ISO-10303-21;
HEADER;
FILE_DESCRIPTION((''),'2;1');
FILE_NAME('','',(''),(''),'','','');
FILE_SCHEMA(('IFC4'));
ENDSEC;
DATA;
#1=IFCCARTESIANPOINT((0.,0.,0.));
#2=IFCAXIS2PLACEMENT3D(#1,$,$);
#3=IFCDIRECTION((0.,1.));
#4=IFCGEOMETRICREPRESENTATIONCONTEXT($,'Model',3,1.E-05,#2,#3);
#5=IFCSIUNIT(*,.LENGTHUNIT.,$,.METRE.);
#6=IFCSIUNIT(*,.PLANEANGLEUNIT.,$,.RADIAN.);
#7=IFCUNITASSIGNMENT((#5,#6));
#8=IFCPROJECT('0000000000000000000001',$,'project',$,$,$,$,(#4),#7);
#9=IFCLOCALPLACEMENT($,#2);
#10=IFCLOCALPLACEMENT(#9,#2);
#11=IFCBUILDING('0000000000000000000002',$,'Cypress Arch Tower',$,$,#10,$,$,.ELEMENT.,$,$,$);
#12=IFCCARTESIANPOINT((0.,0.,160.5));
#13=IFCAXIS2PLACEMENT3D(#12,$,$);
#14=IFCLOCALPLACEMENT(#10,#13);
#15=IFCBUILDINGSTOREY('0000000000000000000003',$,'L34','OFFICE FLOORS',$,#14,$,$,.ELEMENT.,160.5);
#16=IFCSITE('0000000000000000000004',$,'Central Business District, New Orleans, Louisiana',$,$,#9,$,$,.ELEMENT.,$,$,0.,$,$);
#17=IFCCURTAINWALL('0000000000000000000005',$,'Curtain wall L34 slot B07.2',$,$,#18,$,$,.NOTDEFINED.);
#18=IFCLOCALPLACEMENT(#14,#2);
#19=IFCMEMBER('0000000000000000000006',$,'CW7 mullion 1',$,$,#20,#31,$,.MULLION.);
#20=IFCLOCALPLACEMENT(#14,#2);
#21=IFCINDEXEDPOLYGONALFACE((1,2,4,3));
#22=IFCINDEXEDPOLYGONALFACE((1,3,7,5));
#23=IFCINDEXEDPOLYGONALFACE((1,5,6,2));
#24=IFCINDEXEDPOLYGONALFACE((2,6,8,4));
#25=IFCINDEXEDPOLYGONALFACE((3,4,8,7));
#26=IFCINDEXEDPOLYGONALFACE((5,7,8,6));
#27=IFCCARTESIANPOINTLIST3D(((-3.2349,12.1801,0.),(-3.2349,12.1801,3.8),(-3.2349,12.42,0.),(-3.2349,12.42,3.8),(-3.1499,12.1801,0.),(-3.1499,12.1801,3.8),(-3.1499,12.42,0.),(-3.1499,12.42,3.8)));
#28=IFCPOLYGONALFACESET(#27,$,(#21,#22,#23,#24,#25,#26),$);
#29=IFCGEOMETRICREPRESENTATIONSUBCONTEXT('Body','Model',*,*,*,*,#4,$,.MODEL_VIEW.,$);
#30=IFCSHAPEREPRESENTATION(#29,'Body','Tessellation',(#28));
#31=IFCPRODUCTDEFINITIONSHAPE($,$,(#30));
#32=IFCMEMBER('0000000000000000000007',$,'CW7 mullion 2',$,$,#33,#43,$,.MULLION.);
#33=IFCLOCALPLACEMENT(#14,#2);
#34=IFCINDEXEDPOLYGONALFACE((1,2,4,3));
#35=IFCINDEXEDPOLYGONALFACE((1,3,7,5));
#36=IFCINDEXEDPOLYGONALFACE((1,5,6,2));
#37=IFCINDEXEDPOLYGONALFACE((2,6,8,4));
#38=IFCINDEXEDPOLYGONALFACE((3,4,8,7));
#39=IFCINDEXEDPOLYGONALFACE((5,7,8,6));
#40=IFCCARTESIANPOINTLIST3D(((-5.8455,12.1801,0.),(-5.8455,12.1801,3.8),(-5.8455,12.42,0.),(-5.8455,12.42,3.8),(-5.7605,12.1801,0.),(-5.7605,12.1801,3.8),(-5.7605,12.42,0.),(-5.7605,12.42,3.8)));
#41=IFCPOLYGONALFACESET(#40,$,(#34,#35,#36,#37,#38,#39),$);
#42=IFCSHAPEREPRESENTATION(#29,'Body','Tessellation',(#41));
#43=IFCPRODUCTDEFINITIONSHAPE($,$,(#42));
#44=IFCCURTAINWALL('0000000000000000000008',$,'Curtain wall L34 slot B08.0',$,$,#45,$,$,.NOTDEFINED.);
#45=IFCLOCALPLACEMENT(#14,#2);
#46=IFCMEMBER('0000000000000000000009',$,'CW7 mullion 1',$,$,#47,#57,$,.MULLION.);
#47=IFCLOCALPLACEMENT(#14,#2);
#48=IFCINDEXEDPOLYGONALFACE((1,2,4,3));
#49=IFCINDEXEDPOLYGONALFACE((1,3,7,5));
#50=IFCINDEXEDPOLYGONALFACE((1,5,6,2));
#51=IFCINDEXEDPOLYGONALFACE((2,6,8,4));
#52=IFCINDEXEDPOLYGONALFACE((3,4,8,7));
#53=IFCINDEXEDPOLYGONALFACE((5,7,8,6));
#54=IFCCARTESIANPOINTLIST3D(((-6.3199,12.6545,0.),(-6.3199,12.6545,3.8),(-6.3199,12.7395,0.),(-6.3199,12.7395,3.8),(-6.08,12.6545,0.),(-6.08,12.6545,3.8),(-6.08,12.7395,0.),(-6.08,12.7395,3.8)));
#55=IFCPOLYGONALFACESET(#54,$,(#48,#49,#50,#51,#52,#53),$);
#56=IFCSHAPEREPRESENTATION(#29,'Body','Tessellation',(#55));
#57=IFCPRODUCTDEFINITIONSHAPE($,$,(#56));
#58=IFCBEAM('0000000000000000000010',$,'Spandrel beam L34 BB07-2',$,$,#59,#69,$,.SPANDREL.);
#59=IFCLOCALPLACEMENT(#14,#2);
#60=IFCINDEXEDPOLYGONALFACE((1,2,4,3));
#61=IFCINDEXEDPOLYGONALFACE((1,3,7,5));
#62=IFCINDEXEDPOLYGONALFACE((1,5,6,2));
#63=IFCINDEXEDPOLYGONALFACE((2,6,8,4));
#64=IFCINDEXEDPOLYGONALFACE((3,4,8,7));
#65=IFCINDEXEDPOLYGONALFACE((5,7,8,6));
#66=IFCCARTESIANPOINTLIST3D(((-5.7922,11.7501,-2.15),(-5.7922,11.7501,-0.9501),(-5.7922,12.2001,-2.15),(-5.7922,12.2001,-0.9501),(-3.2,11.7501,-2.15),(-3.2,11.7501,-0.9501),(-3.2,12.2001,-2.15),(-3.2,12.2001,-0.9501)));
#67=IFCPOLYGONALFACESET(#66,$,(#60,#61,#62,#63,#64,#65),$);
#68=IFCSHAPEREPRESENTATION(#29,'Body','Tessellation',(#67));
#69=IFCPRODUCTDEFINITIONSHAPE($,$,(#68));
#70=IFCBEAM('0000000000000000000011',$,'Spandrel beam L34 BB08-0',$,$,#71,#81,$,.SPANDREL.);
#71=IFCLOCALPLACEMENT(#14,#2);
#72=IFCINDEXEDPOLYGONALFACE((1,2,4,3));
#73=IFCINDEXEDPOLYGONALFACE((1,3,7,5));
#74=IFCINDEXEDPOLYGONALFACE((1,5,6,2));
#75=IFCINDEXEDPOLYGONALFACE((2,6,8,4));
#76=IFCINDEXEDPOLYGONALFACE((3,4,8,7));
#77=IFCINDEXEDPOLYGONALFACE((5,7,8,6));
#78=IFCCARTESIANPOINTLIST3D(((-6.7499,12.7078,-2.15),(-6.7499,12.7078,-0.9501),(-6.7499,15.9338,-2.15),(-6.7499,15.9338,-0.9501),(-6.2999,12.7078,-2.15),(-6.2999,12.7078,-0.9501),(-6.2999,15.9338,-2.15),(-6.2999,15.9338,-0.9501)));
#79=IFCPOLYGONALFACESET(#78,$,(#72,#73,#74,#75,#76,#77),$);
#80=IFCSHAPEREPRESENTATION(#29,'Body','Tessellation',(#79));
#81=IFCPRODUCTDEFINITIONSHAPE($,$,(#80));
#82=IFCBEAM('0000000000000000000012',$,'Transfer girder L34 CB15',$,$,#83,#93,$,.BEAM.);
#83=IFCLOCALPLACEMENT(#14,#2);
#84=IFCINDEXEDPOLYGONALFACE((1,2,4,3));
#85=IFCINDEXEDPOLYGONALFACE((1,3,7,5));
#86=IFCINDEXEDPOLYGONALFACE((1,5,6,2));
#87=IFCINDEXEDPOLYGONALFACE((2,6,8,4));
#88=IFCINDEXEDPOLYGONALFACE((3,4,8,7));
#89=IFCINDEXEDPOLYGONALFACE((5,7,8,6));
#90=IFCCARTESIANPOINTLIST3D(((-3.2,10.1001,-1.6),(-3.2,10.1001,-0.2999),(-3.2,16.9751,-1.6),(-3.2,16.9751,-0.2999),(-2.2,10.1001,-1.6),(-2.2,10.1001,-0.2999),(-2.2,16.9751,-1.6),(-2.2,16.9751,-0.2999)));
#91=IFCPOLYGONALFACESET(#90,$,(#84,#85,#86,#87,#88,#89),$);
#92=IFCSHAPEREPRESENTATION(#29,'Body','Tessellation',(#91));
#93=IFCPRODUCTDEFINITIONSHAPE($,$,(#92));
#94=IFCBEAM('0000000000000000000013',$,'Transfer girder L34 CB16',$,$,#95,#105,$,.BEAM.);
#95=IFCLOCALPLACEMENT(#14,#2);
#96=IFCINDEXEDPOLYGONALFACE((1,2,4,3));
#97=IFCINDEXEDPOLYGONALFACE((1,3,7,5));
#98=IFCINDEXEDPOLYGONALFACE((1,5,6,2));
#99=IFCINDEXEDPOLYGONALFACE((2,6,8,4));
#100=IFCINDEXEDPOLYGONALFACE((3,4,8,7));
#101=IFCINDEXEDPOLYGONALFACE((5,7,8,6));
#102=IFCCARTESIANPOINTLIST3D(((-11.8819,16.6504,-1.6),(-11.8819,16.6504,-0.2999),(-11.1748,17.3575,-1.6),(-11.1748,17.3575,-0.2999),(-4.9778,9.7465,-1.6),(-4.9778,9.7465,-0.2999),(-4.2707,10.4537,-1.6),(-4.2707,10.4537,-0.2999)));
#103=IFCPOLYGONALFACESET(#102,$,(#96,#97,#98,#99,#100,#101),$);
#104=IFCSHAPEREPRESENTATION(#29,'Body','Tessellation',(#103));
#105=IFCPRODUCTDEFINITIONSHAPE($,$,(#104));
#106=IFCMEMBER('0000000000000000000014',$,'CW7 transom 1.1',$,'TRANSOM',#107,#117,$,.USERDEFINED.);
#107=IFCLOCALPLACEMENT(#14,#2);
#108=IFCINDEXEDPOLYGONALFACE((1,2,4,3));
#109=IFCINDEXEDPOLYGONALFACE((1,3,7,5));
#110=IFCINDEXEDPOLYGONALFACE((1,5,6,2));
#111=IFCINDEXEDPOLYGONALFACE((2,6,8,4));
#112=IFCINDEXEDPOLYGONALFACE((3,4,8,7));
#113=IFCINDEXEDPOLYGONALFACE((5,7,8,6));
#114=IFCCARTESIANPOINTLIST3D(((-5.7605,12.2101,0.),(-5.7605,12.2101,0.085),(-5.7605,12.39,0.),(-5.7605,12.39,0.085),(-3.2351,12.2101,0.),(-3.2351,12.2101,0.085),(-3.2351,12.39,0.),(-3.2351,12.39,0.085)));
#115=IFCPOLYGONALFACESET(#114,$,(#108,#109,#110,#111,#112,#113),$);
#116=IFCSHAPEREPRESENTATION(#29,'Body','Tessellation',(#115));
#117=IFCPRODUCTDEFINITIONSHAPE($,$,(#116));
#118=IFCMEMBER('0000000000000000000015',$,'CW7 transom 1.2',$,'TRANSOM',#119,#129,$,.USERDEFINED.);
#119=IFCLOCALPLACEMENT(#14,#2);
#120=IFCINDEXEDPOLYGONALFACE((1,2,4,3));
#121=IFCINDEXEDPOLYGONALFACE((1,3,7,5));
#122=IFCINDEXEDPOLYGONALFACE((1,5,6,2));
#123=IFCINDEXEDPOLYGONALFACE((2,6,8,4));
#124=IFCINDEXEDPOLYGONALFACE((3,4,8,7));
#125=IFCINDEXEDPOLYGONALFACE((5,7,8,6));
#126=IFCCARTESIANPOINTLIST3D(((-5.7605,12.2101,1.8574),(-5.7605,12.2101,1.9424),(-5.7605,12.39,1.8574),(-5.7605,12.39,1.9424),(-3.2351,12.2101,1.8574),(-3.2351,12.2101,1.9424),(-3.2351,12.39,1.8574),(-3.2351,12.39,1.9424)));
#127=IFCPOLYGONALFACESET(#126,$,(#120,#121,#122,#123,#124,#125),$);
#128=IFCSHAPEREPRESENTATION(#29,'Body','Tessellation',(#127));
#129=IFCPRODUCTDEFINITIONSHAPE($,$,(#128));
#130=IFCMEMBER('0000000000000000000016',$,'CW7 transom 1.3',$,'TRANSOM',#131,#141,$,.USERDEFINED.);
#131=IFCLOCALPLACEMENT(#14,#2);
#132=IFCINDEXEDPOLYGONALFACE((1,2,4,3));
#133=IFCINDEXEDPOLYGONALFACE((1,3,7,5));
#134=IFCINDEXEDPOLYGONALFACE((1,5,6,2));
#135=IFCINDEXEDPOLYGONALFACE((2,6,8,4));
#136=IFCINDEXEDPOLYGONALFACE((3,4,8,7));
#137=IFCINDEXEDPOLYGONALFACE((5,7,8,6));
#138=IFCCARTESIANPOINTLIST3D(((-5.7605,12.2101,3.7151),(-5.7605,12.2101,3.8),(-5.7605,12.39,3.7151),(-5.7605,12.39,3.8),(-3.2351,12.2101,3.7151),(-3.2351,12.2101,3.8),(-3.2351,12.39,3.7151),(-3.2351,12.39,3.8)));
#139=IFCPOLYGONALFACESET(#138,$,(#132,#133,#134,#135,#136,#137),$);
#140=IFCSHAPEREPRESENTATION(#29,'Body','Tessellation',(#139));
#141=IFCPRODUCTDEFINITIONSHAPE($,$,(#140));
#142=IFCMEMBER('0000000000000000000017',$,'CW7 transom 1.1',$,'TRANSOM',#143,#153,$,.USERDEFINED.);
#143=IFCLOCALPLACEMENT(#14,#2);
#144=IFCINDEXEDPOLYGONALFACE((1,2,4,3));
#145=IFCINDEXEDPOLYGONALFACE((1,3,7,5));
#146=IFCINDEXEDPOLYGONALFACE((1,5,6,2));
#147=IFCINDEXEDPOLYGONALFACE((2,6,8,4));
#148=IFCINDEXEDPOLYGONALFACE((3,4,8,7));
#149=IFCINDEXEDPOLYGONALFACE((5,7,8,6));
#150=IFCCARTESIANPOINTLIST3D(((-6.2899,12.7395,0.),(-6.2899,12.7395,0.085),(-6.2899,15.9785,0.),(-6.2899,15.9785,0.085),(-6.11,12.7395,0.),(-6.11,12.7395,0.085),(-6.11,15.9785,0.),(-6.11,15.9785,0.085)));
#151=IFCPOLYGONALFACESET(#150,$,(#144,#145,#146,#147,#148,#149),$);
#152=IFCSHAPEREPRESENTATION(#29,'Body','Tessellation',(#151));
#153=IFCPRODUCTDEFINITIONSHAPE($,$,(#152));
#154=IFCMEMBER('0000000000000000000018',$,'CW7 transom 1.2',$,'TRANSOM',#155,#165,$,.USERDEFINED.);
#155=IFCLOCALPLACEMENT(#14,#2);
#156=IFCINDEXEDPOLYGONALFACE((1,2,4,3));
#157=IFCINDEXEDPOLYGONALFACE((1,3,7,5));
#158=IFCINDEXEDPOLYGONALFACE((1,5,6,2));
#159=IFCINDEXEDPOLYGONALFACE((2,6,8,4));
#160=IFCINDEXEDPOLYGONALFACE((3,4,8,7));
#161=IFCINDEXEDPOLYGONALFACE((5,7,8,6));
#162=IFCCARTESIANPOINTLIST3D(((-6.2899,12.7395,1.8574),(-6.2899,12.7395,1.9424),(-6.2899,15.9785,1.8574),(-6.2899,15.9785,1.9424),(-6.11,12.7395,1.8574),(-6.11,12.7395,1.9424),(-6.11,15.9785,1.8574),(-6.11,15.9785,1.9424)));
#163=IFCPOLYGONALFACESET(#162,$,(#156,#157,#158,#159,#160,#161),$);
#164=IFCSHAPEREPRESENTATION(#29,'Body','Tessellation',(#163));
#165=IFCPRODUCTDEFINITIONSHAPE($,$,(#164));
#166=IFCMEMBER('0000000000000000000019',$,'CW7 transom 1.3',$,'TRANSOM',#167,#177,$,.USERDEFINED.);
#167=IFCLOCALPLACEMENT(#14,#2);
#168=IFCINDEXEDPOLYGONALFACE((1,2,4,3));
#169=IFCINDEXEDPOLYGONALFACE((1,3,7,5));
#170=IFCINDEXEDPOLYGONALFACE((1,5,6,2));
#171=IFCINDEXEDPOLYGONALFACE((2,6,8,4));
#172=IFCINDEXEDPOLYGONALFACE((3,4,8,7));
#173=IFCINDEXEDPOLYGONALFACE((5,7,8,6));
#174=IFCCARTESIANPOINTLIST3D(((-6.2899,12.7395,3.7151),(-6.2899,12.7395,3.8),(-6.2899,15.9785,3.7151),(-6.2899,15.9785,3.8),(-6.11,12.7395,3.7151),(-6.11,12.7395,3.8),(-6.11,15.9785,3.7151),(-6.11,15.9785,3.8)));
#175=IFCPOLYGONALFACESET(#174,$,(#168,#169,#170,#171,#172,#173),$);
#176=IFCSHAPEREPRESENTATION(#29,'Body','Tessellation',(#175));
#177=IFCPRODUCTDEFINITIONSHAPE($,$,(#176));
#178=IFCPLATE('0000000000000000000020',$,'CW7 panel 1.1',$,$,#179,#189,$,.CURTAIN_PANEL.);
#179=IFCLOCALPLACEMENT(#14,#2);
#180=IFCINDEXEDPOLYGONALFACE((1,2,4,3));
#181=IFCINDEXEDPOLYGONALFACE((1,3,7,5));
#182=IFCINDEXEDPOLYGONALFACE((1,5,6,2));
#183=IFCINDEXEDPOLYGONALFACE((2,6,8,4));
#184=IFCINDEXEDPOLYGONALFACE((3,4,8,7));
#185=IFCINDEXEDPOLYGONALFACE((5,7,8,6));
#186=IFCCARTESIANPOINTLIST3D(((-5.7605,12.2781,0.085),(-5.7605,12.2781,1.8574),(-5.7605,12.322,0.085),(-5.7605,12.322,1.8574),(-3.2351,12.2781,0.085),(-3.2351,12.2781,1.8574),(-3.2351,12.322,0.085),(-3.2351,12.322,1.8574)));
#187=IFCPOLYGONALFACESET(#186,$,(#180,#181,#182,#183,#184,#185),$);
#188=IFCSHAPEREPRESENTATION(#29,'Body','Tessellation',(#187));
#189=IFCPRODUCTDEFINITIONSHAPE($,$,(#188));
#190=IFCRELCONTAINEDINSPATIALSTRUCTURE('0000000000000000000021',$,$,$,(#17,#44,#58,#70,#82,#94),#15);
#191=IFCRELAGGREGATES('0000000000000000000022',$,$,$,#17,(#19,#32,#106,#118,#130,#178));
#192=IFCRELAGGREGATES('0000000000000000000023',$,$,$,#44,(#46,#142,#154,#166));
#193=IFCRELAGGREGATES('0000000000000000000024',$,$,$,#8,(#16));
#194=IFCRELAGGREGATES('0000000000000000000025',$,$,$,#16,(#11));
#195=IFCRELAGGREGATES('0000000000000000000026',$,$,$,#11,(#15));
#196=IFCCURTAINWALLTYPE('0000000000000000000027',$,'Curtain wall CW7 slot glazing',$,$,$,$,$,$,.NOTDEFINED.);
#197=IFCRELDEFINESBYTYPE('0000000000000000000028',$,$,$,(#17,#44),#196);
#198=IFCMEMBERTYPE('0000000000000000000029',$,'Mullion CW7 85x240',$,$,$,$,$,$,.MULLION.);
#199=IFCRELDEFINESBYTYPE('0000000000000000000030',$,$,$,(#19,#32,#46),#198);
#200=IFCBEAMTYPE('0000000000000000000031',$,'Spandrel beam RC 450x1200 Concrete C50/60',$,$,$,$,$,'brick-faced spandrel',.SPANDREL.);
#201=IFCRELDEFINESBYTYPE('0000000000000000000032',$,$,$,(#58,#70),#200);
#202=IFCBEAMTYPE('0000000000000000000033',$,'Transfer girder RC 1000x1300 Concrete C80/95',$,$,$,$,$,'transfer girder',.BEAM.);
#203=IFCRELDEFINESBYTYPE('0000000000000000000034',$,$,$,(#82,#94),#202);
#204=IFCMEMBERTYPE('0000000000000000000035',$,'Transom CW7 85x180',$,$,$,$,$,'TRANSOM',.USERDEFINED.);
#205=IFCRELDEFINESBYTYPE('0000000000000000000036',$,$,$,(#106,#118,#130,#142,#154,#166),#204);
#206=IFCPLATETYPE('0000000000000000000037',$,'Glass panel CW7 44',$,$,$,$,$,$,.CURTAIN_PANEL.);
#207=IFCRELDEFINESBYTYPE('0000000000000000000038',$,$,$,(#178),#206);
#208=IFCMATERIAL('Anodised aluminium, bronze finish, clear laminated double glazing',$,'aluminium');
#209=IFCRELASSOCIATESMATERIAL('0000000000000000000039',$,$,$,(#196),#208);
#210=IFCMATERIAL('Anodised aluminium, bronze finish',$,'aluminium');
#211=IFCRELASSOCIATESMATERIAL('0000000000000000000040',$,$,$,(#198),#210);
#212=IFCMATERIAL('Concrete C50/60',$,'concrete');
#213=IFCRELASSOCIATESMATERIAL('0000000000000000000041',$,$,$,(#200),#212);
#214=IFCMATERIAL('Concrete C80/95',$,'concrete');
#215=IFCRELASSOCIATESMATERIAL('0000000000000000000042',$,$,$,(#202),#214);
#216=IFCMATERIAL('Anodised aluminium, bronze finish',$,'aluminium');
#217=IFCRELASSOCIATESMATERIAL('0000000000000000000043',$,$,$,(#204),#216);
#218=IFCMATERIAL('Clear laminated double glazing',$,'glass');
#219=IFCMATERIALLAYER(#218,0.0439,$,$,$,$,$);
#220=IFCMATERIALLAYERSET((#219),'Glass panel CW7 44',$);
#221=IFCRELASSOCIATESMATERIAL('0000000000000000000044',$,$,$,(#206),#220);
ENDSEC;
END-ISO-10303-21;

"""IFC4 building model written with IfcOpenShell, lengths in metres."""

from ifc_helpers import new_model, si_unit, direction, frame, origin, origin_2d, place, context, subcontext, project, spatial, rectangle, extrude, material, layer, layer_set, material_profile, profile_set, type_object, element, aggregate, save


model = new_model("IFC4")

# Units and contexts
model_context = context("Model", 3, precision=1e-05, world=origin(), true_north=direction((0.0, 1.0)))
body_context = subcontext(model_context, "Body", "Model", "MODEL_VIEW")
ifc_project = project(units=[si_unit("LENGTHUNIT", "METRE"), si_unit("PLANEANGLEUNIT", "RADIAN")], contexts=[model_context])

# Site, building, storey
site_placement = place(None, origin())
site = spatial("IfcSite", under=ifc_project, at=site_placement, Name="Central Business District, New Orleans, Louisiana", CompositionType="ELEMENT", RefElevation=0.0)
building_placement = place(site_placement, origin())
building = spatial("IfcBuilding", under=site, at=building_placement, Name="Cypress Arch Tower", CompositionType="ELEMENT")
storey_placement = place(building_placement, frame((0.0, 0.0, 160.5)))
storey = spatial("IfcBuildingStorey", under=building, at=storey_placement, Name="L34", Description="OFFICE FLOORS", CompositionType="ELEMENT", Elevation=160.5)

# Curtain wall, members
ifc_material_1 = material(Name="Anodised aluminium, bronze finish, clear laminated double glazing", Category="aluminium")
curtain_wall_type = type_object("IfcCurtainWallType", Name="Curtain wall CW7 slot glazing", PredefinedType="NOTDEFINED", material=ifc_material_1)
curtain_wall_1_placement = place(storey_placement, origin())
curtain_wall_1 = element("IfcCurtainWall", 1, at=curtain_wall_1_placement, inside=storey, type_object=curtain_wall_type, Name="Curtain wall L34 slot B07.2", PredefinedType="NOTDEFINED")
ifc_material_2 = material(Name="Anodised aluminium, bronze finish", Category="aluminium")
ifc_material_profile_1 = material_profile(ifc_material_2, rectangle(XDim=0.24, YDim=0.085, at=origin_2d()), Name="Mullion 85x240")
ifc_profile_set_1 = profile_set([ifc_material_profile_1], Name="Anodised aluminium, bronze finish")
member_type_1 = type_object("IfcMemberType", Name="Mullion CW7 85x240", PredefinedType="MULLION", material=ifc_profile_set_1)
member_1_placement = place(storey_placement, frame((-3.1924, 12.3, 0.0), z_axis=(0.0, 0.0, 1.0), x_axis=(0.0, -1.0, 0.0)))
member_1 = element("IfcMember", 2, at=member_1_placement, type_object=member_type_1, Name="CW7 mullion 1", PredefinedType="MULLION", context=body_context, shape_type="SweptSolid", body=[
    extrude(rectangle(XDim=0.24, YDim=0.085, at=origin_2d()), origin(), (0.0, 0.0, 1.0), 3.8),
])
member_2_placement = place(storey_placement, frame((-5.803, 12.3, 0.0), z_axis=(0.0, 0.0, 1.0), x_axis=(0.0, -1.0, 0.0)))
member_2 = element("IfcMember", 3, at=member_2_placement, type_object=member_type_1, Name="CW7 mullion 2", PredefinedType="MULLION", context=body_context, shape_type="SweptSolid", body=[
    extrude(rectangle(XDim=0.24, YDim=0.085, at=origin_2d()), origin(), (0.0, 0.0, 1.0), 3.8),
])

# Curtain wall, member
curtain_wall_2_placement = place(storey_placement, origin())
curtain_wall_2 = element("IfcCurtainWall", 4, at=curtain_wall_2_placement, inside=storey, type_object=curtain_wall_type, Name="Curtain wall L34 slot B08.0", PredefinedType="NOTDEFINED")
member_3_placement = place(storey_placement, frame((-6.2, 12.697, 0.0), z_axis=(0.0, 0.0, 1.0), x_axis=(-1.0, 0.0, 0.0)))
member_3 = element("IfcMember", 5, at=member_3_placement, type_object=member_type_1, Name="CW7 mullion 1", PredefinedType="MULLION", context=body_context, shape_type="SweptSolid", body=[
    extrude(rectangle(XDim=0.24, YDim=0.085, at=origin_2d()), origin(), (0.0, 0.0, 1.0), 3.8),
])

# Beams
ifc_material_3 = material(Name="Concrete C50/60", Category="concrete")
ifc_material_profile_2 = material_profile(ifc_material_3, rectangle(XDim=0.45, YDim=1.2, at=origin_2d()), Name="RC 450x1200")
ifc_profile_set_2 = profile_set([ifc_material_profile_2], Name="Concrete C50/60")
beam_type_1 = type_object("IfcBeamType", Name="Spandrel beam RC 450x1200 Concrete C50/60", ElementType="brick-faced spandrel", PredefinedType="SPANDREL", material=ifc_profile_set_2)
beam_1_placement = place(storey_placement, frame((-3.2, 11.9751, -1.55), z_axis=(-1.0, 0.0, 0.0), x_axis=(0.0, -1.0, 0.0)))
element("IfcBeam", 6, at=beam_1_placement, inside=storey, type_object=beam_type_1, Name="Spandrel beam L34 BB07-2", PredefinedType="SPANDREL", context=body_context, shape_type="SweptSolid", body=[
    extrude(rectangle(XDim=0.45, YDim=1.2, at=origin_2d()), origin(), (0.0, 0.0, 1.0), 2.5923),
])
beam_2_placement = place(storey_placement, frame((-6.5249, 12.7078, -1.55), z_axis=(0.0, 1.0, 0.0), x_axis=(-1.0, 0.0, 0.0)))
element("IfcBeam", 7, at=beam_2_placement, inside=storey, type_object=beam_type_1, Name="Spandrel beam L34 BB08-0", PredefinedType="SPANDREL", context=body_context, shape_type="SweptSolid", body=[
    extrude(rectangle(XDim=0.45, YDim=1.2, at=origin_2d()), origin(), (0.0, 0.0, 1.0), 3.2261),
])
ifc_material_4 = material(Name="Concrete C80/95", Category="concrete")
ifc_material_profile_3 = material_profile(ifc_material_4, rectangle(XDim=1.0, YDim=1.3, at=origin_2d()), Name="RC 1000x1300")
ifc_profile_set_3 = profile_set([ifc_material_profile_3], Name="Concrete C80/95")
beam_type_2 = type_object("IfcBeamType", Name="Transfer girder RC 1000x1300 Concrete C80/95", ElementType="transfer girder", PredefinedType="BEAM", material=ifc_profile_set_3)
beam_3_placement = place(storey_placement, frame((-2.7, 10.1001, -0.95), z_axis=(0.0, 1.0, 0.0), x_axis=(-1.0, 0.0, 0.0)))
element("IfcBeam", 8, at=beam_3_placement, inside=storey, type_object=beam_type_2, Name="Transfer girder L34 CB15", PredefinedType="BEAM", context=body_context, shape_type="SweptSolid", body=[
    extrude(rectangle(XDim=1.0, YDim=1.3, at=origin_2d()), origin(), (0.0, 0.0, 1.0), 6.875),
])
beam_4_placement = place(storey_placement, frame((-4.6243, 10.1001, -0.95), z_axis=(-0.707119, 0.707094, 0.0), x_axis=(-0.707094, -0.707119, 0.0)))
element("IfcBeam", 9, at=beam_4_placement, inside=storey, type_object=beam_type_2, Name="Transfer girder L34 CB16", PredefinedType="BEAM", context=body_context, shape_type="SweptSolid", body=[
    extrude(rectangle(XDim=1.0, YDim=1.3, at=origin_2d()), origin(), (0.0, 0.0, 1.0), 9.7637),
])

# Members
ifc_material_5 = material(Name="Anodised aluminium, bronze finish", Category="aluminium")
ifc_material_profile_4 = material_profile(ifc_material_5, rectangle(XDim=0.1799, YDim=0.085, at=origin_2d()), Name="Transom 85x180")
ifc_profile_set_4 = profile_set([ifc_material_profile_4], Name="Anodised aluminium, bronze finish")
member_type_2 = type_object("IfcMemberType", Name="Transom CW7 85x180", ElementType="TRANSOM", PredefinedType="USERDEFINED", material=ifc_profile_set_4)
member_4_placement = place(storey_placement, frame((-3.2351, 12.3, 0.0425), z_axis=(-1.0, 0.0, 0.0), x_axis=(0.0, -1.0, 0.0)))
member_4 = element("IfcMember", 10, at=member_4_placement, type_object=member_type_2, Name="CW7 transom 1.1", ObjectType="TRANSOM", PredefinedType="USERDEFINED", context=body_context, shape_type="SweptSolid", body=[
    extrude(rectangle(XDim=0.1799, YDim=0.085, at=origin_2d()), origin(), (0.0, 0.0, 1.0), 2.5254),
])
member_5_placement = place(storey_placement, frame((-3.2351, 12.3, 1.8999), z_axis=(-1.0, 0.0, 0.0), x_axis=(0.0, -1.0, 0.0)))
member_5 = element("IfcMember", 11, at=member_5_placement, type_object=member_type_2, Name="CW7 transom 1.2", ObjectType="TRANSOM", PredefinedType="USERDEFINED", context=body_context, shape_type="SweptSolid", body=[
    extrude(rectangle(XDim=0.1799, YDim=0.085, at=origin_2d()), origin(), (0.0, 0.0, 1.0), 2.5254),
])
member_6_placement = place(storey_placement, frame((-3.2351, 12.3, 3.7576), z_axis=(-1.0, 0.0, 0.0), x_axis=(0.0, -1.0, 0.0)))
member_6 = element("IfcMember", 12, at=member_6_placement, type_object=member_type_2, Name="CW7 transom 1.3", ObjectType="TRANSOM", PredefinedType="USERDEFINED", context=body_context, shape_type="SweptSolid", body=[
    extrude(rectangle(XDim=0.1799, YDim=0.085, at=origin_2d()), origin(), (0.0, 0.0, 1.0), 2.5254),
])
member_7_placement = place(storey_placement, frame((-6.2, 12.7395, 0.0425), z_axis=(0.0, 1.0, 0.0), x_axis=(-1.0, 0.0, 0.0)))
member_7 = element("IfcMember", 13, at=member_7_placement, type_object=member_type_2, Name="CW7 transom 1.1", ObjectType="TRANSOM", PredefinedType="USERDEFINED", context=body_context, shape_type="SweptSolid", body=[
    extrude(rectangle(XDim=0.1799, YDim=0.085, at=origin_2d()), origin(), (0.0, 0.0, 1.0), 3.239),
])
member_8_placement = place(storey_placement, frame((-6.2, 12.7395, 1.8999), z_axis=(0.0, 1.0, 0.0), x_axis=(-1.0, 0.0, 0.0)))
member_8 = element("IfcMember", 14, at=member_8_placement, type_object=member_type_2, Name="CW7 transom 1.2", ObjectType="TRANSOM", PredefinedType="USERDEFINED", context=body_context, shape_type="SweptSolid", body=[
    extrude(rectangle(XDim=0.1799, YDim=0.085, at=origin_2d()), origin(), (0.0, 0.0, 1.0), 3.239),
])
member_9_placement = place(storey_placement, frame((-6.2, 12.7395, 3.7576), z_axis=(0.0, 1.0, 0.0), x_axis=(-1.0, 0.0, 0.0)))
member_9 = element("IfcMember", 15, at=member_9_placement, type_object=member_type_2, Name="CW7 transom 1.3", ObjectType="TRANSOM", PredefinedType="USERDEFINED", context=body_context, shape_type="SweptSolid", body=[
    extrude(rectangle(XDim=0.1799, YDim=0.085, at=origin_2d()), origin(), (0.0, 0.0, 1.0), 3.239),
])

# Plate
ifc_material_6 = material(Name="Clear laminated double glazing", Category="glass")
ifc_layer_1 = layer(ifc_material_6, 0.0439)
ifc_layer_set_1 = layer_set([ifc_layer_1], Name="Glass panel CW7 44")
plate_type = type_object("IfcPlateType", Name="Glass panel CW7 44", PredefinedType="CURTAIN_PANEL", material=ifc_layer_set_1)
plate_1_placement = place(storey_placement, frame((-4.4978, 12.3, 0.085), z_axis=(0.0, 0.0, 1.0), x_axis=(-1.0, 0.0, 0.0)))
plate_1 = element("IfcPlate", 16, at=plate_1_placement, type_object=plate_type, Name="CW7 panel 1.1", PredefinedType="CURTAIN_PANEL", context=body_context, shape_type="SweptSolid", body=[
    extrude(rectangle(XDim=2.5254, YDim=0.0439, at=origin_2d()), origin(), (0.0, 0.0, 1.0), 1.7725),
])
aggregate(curtain_wall_1, [member_1, member_2, member_4, member_5, member_6, plate_1])
aggregate(curtain_wall_2, [member_3, member_7, member_8, member_9])

save(model, "model.ifc")
